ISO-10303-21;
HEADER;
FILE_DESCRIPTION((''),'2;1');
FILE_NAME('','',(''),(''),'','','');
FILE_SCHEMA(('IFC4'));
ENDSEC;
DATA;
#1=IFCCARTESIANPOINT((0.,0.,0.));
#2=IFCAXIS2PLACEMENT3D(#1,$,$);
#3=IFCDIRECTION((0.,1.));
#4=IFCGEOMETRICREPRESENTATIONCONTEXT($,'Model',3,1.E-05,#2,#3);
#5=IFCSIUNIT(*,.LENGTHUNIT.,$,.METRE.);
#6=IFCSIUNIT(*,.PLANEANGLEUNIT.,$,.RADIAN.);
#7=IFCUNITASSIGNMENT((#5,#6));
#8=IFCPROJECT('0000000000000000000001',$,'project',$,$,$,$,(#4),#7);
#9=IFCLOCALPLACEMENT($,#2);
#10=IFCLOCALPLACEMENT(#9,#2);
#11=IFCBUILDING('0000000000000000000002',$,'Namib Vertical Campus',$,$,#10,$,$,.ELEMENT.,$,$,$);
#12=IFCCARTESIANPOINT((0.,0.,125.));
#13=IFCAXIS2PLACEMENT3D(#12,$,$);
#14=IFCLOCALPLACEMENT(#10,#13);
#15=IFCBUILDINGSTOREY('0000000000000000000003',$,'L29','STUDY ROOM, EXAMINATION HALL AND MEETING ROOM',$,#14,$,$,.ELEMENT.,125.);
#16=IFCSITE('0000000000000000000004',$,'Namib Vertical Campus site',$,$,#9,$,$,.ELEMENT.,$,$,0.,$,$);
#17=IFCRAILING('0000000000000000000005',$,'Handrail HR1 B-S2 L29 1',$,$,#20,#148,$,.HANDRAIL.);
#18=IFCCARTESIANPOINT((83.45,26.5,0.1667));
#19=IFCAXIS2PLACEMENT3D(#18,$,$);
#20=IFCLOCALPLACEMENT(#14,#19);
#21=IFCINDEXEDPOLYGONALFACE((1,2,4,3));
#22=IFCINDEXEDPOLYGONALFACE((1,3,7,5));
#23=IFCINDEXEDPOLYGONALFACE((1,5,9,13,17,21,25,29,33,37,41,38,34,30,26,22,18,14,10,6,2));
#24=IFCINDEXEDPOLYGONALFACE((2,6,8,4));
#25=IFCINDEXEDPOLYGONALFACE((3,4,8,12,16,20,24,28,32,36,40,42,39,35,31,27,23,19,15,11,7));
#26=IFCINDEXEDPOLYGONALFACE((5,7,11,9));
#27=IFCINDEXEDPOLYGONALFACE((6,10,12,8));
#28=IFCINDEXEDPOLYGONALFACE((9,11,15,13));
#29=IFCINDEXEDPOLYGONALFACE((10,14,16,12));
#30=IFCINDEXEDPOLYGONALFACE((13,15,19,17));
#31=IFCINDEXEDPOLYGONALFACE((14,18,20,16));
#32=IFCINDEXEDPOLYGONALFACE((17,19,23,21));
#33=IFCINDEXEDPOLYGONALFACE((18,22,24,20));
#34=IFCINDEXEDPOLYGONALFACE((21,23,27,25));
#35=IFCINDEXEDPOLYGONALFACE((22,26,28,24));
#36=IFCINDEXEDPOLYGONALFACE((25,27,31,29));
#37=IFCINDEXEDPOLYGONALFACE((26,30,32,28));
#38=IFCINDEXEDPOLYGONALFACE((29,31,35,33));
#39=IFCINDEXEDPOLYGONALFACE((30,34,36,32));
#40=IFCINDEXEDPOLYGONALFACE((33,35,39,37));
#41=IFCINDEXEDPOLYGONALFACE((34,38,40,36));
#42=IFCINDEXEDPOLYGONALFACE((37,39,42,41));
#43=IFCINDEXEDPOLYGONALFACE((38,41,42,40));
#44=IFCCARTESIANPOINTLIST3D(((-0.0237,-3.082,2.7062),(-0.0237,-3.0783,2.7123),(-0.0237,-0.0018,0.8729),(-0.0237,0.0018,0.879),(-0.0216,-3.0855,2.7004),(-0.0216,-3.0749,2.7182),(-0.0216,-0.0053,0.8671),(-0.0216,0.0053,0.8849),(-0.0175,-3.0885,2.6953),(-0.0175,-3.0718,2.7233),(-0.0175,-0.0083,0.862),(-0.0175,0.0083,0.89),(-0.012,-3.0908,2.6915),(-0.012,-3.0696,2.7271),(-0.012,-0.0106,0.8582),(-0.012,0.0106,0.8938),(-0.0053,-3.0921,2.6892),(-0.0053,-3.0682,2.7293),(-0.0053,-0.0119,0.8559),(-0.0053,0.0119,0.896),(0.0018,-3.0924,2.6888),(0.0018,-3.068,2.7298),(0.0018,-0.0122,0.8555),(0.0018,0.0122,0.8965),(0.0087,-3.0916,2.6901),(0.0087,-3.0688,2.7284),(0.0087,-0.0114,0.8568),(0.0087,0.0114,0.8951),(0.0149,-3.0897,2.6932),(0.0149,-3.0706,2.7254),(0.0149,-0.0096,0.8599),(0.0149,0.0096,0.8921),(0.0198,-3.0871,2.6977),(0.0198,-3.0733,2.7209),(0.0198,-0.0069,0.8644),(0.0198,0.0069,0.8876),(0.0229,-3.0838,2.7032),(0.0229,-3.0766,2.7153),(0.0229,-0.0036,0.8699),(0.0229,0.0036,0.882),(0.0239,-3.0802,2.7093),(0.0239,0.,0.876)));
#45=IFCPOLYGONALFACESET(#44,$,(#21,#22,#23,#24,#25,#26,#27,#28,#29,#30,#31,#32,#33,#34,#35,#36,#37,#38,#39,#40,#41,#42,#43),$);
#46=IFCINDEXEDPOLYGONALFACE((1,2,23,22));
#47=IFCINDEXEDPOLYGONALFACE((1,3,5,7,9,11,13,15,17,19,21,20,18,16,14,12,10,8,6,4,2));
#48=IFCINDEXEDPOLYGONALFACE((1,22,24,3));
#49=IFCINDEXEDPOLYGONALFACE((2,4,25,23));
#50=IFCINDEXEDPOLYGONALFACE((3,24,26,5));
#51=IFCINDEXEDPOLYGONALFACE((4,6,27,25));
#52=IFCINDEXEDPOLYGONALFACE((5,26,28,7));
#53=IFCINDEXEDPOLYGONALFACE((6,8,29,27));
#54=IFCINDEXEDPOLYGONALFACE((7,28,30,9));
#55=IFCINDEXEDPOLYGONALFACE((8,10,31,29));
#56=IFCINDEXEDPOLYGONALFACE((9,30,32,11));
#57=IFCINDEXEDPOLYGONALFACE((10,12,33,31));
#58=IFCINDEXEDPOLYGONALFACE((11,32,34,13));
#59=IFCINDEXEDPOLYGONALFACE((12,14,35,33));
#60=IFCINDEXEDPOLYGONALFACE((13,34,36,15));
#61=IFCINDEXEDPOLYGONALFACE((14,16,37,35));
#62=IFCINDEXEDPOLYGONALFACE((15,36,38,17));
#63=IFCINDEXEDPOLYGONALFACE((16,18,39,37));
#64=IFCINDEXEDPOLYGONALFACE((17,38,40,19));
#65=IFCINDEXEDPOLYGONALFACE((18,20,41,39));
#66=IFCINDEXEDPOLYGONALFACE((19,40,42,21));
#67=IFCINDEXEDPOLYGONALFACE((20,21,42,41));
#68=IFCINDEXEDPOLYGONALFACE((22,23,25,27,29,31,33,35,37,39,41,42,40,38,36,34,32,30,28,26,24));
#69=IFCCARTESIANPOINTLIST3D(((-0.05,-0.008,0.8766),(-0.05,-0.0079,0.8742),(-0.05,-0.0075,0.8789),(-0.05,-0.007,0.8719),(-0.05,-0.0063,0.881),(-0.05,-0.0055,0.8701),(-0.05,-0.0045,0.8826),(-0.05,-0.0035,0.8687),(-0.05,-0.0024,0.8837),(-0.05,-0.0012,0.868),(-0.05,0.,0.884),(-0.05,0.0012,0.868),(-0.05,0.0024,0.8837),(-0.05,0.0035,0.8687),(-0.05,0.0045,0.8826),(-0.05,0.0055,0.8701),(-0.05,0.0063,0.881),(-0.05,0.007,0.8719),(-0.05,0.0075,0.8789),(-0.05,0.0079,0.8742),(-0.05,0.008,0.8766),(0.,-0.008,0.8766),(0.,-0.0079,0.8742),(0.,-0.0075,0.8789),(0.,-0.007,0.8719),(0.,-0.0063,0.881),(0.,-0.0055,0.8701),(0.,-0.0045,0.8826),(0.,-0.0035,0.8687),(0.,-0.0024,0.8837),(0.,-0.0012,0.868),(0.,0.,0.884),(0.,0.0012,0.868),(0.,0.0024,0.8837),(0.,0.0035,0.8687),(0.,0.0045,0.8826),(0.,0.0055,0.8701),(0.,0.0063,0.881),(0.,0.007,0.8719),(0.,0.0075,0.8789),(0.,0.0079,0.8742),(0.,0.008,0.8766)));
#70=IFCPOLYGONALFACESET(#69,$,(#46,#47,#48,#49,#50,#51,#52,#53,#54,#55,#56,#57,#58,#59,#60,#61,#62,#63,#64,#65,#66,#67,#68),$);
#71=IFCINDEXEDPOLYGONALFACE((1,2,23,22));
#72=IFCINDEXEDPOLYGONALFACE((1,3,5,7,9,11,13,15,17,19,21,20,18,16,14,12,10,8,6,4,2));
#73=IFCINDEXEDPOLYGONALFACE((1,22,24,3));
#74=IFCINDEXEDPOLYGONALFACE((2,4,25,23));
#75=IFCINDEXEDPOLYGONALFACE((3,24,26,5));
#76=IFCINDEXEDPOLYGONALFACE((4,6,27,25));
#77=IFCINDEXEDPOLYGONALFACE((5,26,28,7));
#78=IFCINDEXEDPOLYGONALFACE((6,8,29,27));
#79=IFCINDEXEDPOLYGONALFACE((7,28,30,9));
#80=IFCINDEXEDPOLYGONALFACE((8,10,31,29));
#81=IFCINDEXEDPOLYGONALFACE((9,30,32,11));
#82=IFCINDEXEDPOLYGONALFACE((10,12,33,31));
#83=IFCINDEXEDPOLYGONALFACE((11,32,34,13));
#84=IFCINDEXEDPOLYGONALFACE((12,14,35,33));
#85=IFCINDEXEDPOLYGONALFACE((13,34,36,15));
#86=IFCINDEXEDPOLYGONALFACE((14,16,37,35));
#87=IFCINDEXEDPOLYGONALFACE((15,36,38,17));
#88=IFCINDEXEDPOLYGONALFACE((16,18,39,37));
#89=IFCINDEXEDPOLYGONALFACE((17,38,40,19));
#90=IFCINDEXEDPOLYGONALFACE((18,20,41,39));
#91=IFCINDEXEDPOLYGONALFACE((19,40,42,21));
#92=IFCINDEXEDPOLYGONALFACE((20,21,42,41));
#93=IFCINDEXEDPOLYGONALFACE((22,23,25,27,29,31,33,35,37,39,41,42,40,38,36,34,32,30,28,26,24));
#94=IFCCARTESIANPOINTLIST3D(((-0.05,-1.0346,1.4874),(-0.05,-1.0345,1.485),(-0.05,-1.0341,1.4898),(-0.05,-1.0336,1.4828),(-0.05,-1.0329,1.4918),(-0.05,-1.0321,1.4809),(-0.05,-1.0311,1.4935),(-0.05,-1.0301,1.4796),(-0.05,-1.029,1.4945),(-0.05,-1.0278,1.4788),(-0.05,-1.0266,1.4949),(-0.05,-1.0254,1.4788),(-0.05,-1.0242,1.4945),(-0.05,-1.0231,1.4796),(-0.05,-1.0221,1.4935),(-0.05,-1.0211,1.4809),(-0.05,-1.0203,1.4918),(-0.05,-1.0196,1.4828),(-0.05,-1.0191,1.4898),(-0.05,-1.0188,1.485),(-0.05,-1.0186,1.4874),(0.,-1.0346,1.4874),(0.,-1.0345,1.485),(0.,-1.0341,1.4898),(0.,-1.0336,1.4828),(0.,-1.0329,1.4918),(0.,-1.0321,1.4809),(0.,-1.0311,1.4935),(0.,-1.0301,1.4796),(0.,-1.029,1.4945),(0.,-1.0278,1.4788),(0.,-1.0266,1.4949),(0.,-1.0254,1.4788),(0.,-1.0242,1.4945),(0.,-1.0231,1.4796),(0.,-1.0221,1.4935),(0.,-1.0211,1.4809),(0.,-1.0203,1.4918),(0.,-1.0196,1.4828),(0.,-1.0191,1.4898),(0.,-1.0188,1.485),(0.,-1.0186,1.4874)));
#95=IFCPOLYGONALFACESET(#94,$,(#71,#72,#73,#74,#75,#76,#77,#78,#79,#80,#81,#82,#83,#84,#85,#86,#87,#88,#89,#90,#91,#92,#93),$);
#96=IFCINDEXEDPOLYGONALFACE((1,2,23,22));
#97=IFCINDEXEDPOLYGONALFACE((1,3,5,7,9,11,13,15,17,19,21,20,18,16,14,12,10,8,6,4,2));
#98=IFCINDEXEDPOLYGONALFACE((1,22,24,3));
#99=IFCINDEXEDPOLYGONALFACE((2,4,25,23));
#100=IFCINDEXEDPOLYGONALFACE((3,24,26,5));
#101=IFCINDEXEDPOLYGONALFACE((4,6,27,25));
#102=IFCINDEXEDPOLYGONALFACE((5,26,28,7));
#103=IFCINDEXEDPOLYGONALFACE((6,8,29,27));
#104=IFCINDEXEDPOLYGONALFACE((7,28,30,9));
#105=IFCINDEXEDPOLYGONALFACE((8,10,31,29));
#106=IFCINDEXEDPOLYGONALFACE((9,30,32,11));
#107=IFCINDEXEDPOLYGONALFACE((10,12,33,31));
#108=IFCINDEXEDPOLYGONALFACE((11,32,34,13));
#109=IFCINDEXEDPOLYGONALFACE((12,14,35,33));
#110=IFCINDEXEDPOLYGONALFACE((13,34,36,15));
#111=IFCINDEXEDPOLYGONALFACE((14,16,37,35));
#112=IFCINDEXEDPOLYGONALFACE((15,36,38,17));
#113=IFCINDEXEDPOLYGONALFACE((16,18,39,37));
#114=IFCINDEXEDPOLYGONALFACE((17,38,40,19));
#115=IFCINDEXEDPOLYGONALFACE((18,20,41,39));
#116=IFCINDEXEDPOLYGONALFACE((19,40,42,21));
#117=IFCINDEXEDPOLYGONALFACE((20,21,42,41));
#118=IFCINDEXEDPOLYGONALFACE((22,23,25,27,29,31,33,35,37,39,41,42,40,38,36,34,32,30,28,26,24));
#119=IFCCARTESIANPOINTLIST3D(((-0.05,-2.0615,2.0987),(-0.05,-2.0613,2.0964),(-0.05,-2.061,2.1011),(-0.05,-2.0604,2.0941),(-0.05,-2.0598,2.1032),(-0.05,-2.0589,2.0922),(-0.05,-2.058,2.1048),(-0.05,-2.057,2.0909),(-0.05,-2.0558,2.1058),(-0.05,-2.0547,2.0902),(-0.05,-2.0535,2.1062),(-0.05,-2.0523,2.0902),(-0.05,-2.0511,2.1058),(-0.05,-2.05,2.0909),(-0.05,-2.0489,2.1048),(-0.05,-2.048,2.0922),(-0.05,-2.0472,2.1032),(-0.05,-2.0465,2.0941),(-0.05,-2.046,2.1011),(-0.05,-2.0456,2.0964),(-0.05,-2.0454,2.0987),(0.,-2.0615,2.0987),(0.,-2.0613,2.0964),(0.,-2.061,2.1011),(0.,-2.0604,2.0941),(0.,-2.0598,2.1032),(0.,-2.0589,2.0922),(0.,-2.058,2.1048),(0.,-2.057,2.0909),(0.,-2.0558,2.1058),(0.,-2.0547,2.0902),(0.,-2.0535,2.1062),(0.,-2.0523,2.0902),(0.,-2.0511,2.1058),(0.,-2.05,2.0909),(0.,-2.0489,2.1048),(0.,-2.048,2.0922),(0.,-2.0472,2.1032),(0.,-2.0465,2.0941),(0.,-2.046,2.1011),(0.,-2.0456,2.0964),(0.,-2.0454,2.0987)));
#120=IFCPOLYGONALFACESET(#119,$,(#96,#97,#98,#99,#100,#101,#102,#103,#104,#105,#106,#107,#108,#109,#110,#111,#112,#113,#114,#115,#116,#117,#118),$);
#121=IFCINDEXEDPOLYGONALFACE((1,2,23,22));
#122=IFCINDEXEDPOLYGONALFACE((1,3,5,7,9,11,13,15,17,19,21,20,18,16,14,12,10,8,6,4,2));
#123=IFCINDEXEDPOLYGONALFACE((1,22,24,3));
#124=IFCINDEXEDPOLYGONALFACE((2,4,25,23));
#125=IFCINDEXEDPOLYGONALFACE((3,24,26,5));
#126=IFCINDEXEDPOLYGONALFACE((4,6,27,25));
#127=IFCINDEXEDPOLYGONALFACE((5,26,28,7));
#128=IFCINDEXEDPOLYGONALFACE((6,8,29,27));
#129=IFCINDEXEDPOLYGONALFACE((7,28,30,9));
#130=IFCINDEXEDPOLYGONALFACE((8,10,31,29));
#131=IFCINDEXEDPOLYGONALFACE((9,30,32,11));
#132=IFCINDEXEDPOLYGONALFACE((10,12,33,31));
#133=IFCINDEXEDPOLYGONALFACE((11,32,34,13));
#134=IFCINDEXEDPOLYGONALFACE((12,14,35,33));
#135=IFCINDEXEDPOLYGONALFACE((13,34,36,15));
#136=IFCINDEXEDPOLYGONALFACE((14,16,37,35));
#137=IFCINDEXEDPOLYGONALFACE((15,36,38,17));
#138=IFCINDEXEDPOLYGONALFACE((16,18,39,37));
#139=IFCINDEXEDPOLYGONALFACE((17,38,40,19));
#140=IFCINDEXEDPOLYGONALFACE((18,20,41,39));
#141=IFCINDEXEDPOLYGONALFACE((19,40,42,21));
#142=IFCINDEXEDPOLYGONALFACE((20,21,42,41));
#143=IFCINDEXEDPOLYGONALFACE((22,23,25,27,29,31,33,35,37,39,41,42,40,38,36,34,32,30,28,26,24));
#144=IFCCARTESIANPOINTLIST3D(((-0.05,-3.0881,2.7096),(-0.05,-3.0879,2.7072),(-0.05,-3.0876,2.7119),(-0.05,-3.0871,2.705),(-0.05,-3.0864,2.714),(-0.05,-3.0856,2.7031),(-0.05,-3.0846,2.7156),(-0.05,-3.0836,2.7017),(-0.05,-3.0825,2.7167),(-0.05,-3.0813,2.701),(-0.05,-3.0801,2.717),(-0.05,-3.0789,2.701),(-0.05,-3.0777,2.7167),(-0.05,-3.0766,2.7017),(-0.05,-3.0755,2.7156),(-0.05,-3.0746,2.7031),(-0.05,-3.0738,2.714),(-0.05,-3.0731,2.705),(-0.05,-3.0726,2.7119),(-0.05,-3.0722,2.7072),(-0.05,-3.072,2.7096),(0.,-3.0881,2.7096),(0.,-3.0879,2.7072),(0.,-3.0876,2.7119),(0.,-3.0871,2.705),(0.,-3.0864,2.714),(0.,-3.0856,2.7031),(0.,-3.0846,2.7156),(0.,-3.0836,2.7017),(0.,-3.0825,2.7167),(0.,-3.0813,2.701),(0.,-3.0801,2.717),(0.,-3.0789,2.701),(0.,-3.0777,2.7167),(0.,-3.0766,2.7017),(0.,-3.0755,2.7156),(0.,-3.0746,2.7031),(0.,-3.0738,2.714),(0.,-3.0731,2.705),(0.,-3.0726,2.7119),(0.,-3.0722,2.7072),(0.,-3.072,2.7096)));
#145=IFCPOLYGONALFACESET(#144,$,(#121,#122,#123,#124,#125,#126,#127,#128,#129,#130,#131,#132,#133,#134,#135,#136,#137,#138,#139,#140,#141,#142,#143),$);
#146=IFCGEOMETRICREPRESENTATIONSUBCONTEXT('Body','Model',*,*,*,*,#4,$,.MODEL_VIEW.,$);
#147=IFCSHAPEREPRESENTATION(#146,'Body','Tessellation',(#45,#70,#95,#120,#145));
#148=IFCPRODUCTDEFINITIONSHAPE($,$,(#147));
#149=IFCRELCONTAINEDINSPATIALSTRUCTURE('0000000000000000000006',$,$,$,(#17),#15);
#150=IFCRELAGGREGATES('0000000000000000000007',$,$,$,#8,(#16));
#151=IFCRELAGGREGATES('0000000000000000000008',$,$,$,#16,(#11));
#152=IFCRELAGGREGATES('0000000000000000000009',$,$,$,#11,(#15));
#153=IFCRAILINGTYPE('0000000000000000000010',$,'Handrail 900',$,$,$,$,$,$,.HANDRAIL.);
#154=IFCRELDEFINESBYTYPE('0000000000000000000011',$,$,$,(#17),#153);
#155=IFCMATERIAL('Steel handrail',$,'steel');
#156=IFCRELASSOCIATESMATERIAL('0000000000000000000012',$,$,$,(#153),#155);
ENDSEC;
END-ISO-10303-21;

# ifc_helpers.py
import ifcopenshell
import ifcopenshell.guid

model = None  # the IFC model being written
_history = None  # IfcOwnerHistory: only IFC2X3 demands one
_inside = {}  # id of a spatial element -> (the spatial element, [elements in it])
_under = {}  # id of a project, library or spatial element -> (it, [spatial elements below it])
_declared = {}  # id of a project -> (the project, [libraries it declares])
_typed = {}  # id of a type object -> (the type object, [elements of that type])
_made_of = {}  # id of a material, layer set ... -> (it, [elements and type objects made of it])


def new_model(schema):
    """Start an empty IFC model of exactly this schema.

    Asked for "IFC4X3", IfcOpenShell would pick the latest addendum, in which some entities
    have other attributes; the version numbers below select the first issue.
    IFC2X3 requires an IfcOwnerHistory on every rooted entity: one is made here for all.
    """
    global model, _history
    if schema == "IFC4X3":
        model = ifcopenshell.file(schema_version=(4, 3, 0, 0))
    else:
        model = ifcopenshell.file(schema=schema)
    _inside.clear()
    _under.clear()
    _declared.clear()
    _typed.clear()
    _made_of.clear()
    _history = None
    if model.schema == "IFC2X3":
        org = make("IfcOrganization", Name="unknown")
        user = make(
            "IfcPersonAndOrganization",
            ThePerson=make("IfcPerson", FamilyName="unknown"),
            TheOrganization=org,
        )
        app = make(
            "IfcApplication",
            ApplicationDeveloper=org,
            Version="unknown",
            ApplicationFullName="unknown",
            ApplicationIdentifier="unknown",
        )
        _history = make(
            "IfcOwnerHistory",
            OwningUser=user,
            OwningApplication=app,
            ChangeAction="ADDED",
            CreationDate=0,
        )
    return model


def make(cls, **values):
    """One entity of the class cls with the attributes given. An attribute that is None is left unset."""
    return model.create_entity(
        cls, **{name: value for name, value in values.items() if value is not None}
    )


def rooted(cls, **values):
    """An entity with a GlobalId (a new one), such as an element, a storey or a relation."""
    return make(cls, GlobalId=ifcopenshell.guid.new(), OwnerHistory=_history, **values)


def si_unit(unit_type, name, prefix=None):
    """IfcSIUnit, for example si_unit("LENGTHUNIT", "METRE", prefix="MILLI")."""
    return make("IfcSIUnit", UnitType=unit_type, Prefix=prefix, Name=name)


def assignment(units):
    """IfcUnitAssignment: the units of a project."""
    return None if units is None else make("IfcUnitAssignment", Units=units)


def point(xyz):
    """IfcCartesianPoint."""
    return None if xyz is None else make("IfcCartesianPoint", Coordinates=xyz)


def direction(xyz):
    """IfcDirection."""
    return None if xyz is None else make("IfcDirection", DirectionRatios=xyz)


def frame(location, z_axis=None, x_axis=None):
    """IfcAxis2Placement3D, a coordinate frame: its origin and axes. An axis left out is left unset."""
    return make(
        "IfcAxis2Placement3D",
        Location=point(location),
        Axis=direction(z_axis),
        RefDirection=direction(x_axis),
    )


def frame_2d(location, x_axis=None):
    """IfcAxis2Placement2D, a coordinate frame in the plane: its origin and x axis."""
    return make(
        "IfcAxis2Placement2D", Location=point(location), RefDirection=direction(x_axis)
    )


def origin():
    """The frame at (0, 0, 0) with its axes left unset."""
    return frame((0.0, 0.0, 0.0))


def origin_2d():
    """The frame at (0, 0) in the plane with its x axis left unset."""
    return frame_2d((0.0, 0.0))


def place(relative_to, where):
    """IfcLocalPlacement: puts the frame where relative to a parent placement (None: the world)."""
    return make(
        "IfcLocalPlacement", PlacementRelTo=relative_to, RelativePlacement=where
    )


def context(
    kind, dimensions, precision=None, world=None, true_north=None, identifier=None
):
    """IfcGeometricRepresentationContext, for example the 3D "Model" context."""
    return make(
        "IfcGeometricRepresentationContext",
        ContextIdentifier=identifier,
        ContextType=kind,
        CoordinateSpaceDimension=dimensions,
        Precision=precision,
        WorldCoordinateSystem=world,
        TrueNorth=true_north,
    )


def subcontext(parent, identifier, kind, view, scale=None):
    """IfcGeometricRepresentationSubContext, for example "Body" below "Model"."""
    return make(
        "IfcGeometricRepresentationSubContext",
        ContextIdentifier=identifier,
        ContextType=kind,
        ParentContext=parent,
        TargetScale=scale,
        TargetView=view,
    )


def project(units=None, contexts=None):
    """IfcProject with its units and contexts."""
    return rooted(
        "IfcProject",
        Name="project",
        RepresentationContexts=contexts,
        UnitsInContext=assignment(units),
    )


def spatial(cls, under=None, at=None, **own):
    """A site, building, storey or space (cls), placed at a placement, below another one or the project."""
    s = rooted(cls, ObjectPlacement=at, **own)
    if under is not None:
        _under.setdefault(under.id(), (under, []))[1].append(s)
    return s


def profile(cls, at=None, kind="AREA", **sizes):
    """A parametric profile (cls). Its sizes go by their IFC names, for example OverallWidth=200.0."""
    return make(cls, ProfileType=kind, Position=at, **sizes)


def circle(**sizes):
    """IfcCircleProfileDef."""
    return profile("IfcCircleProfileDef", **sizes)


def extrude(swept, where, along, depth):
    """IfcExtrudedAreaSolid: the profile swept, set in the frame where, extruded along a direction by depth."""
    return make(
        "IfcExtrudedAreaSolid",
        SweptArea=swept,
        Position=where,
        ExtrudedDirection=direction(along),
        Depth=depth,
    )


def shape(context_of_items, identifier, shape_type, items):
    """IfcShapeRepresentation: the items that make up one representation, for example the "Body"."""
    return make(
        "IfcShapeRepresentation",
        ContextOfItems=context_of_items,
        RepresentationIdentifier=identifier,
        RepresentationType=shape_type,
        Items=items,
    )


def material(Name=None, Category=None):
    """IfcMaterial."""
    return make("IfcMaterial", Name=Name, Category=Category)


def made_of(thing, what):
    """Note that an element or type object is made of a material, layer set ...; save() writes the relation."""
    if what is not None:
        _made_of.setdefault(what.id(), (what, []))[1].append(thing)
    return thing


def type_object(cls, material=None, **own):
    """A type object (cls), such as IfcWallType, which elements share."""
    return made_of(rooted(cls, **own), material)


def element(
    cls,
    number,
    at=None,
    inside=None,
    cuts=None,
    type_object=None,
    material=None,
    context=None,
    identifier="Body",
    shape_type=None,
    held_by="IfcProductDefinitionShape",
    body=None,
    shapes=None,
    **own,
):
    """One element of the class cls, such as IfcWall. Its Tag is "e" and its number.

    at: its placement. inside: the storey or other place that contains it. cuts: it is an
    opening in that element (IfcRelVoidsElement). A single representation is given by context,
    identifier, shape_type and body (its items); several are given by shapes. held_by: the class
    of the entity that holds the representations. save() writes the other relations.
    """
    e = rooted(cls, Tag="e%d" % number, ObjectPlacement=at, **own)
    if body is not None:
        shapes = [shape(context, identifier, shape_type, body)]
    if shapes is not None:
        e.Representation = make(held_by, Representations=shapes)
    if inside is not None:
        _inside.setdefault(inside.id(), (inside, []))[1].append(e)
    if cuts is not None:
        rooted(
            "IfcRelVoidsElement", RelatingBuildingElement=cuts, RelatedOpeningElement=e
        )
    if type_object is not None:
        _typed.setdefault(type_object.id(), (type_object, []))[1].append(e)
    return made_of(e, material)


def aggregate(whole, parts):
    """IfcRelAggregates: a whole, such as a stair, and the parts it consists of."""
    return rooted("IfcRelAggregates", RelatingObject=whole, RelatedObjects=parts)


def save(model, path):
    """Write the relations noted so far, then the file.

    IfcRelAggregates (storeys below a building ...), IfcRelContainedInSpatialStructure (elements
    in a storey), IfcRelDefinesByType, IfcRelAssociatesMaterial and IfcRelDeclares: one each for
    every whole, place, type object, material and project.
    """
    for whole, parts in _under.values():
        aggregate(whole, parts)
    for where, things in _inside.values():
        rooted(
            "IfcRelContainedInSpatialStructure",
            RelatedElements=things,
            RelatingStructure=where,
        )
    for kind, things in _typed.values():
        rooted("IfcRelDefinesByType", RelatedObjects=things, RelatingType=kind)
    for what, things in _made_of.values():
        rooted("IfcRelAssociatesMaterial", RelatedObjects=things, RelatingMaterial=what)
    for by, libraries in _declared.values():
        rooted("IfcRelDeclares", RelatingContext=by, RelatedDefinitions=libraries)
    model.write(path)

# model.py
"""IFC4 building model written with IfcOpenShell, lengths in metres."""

from ifc_helpers import new_model, si_unit, direction, frame, origin, origin_2d, place, context, subcontext, project, spatial, circle, extrude, material, type_object, element, save


model = new_model("IFC4")

# Units and contexts
model_context = context("Model", 3, precision=1e-05, world=origin(), true_north=direction((0.0, 1.0)))
body_context = subcontext(model_context, "Body", "Model", "MODEL_VIEW")
ifc_project = project(units=[si_unit("LENGTHUNIT", "METRE"), si_unit("PLANEANGLEUNIT", "RADIAN")], contexts=[model_context])

# Site, building, storey
site_placement = place(None, origin())
site = spatial("IfcSite", under=ifc_project, at=site_placement, Name="Namib Vertical Campus site", CompositionType="ELEMENT", RefElevation=0.0)
building_placement = place(site_placement, origin())
building = spatial("IfcBuilding", under=site, at=building_placement, Name="Namib Vertical Campus", CompositionType="ELEMENT")
storey_placement = place(building_placement, frame((0.0, 0.0, 125.0)))
storey = spatial("IfcBuildingStorey", under=building, at=storey_placement, Name="L29", Description="STUDY ROOM, EXAMINATION HALL AND MEETING ROOM", CompositionType="ELEMENT", Elevation=125.0)

# Railing
ifc_material_1 = material(Name="Steel handrail", Category="steel")
railing_type_1 = type_object("IfcRailingType", Name="Handrail 900", PredefinedType="HANDRAIL", material=ifc_material_1)
railing_1_placement = place(storey_placement, frame((83.45, 26.5, 0.1667)))
element("IfcRailing", 1, at=railing_1_placement, inside=storey, type_object=railing_type_1, Name="Handrail HR1 B-S2 L29 1", PredefinedType="HANDRAIL", context=body_context, shape_type="SweptSolid", body=[
    extrude(circle(Radius=0.0239, at=origin_2d()), frame((0.0, 0.0, 0.876), z_axis=(0.0, -0.859309, 0.511458), x_axis=(1.0, 0.0, 0.0)), (0.0, 0.0, 1.0), 3.5845),
    extrude(circle(Radius=0.0081, at=origin_2d()), frame((0.0, 0.0, 0.876), z_axis=(-1.0, 0.0, 0.0), x_axis=(0.0, 0.0, 1.0)), (0.0, 0.0, 1.0), 0.05),
    extrude(circle(Radius=0.0081, at=origin_2d()), frame((0.0, -1.0266, 1.4868), z_axis=(-1.0, 0.0, 0.0), x_axis=(0.0, 0.0, 1.0)), (0.0, 0.0, 1.0), 0.05),
    extrude(circle(Radius=0.0081, at=origin_2d()), frame((0.0, -2.0535, 2.0981), z_axis=(-1.0, 0.0, 0.0), x_axis=(0.0, 0.0, 1.0)), (0.0, 0.0, 1.0), 0.05),
    extrude(circle(Radius=0.0081, at=origin_2d()), frame((0.0, -3.0801, 2.709), z_axis=(-1.0, 0.0, 0.0), x_axis=(0.0, 0.0, 1.0)), (0.0, 0.0, 1.0), 0.05),
])

save(model, "model.ifc")
